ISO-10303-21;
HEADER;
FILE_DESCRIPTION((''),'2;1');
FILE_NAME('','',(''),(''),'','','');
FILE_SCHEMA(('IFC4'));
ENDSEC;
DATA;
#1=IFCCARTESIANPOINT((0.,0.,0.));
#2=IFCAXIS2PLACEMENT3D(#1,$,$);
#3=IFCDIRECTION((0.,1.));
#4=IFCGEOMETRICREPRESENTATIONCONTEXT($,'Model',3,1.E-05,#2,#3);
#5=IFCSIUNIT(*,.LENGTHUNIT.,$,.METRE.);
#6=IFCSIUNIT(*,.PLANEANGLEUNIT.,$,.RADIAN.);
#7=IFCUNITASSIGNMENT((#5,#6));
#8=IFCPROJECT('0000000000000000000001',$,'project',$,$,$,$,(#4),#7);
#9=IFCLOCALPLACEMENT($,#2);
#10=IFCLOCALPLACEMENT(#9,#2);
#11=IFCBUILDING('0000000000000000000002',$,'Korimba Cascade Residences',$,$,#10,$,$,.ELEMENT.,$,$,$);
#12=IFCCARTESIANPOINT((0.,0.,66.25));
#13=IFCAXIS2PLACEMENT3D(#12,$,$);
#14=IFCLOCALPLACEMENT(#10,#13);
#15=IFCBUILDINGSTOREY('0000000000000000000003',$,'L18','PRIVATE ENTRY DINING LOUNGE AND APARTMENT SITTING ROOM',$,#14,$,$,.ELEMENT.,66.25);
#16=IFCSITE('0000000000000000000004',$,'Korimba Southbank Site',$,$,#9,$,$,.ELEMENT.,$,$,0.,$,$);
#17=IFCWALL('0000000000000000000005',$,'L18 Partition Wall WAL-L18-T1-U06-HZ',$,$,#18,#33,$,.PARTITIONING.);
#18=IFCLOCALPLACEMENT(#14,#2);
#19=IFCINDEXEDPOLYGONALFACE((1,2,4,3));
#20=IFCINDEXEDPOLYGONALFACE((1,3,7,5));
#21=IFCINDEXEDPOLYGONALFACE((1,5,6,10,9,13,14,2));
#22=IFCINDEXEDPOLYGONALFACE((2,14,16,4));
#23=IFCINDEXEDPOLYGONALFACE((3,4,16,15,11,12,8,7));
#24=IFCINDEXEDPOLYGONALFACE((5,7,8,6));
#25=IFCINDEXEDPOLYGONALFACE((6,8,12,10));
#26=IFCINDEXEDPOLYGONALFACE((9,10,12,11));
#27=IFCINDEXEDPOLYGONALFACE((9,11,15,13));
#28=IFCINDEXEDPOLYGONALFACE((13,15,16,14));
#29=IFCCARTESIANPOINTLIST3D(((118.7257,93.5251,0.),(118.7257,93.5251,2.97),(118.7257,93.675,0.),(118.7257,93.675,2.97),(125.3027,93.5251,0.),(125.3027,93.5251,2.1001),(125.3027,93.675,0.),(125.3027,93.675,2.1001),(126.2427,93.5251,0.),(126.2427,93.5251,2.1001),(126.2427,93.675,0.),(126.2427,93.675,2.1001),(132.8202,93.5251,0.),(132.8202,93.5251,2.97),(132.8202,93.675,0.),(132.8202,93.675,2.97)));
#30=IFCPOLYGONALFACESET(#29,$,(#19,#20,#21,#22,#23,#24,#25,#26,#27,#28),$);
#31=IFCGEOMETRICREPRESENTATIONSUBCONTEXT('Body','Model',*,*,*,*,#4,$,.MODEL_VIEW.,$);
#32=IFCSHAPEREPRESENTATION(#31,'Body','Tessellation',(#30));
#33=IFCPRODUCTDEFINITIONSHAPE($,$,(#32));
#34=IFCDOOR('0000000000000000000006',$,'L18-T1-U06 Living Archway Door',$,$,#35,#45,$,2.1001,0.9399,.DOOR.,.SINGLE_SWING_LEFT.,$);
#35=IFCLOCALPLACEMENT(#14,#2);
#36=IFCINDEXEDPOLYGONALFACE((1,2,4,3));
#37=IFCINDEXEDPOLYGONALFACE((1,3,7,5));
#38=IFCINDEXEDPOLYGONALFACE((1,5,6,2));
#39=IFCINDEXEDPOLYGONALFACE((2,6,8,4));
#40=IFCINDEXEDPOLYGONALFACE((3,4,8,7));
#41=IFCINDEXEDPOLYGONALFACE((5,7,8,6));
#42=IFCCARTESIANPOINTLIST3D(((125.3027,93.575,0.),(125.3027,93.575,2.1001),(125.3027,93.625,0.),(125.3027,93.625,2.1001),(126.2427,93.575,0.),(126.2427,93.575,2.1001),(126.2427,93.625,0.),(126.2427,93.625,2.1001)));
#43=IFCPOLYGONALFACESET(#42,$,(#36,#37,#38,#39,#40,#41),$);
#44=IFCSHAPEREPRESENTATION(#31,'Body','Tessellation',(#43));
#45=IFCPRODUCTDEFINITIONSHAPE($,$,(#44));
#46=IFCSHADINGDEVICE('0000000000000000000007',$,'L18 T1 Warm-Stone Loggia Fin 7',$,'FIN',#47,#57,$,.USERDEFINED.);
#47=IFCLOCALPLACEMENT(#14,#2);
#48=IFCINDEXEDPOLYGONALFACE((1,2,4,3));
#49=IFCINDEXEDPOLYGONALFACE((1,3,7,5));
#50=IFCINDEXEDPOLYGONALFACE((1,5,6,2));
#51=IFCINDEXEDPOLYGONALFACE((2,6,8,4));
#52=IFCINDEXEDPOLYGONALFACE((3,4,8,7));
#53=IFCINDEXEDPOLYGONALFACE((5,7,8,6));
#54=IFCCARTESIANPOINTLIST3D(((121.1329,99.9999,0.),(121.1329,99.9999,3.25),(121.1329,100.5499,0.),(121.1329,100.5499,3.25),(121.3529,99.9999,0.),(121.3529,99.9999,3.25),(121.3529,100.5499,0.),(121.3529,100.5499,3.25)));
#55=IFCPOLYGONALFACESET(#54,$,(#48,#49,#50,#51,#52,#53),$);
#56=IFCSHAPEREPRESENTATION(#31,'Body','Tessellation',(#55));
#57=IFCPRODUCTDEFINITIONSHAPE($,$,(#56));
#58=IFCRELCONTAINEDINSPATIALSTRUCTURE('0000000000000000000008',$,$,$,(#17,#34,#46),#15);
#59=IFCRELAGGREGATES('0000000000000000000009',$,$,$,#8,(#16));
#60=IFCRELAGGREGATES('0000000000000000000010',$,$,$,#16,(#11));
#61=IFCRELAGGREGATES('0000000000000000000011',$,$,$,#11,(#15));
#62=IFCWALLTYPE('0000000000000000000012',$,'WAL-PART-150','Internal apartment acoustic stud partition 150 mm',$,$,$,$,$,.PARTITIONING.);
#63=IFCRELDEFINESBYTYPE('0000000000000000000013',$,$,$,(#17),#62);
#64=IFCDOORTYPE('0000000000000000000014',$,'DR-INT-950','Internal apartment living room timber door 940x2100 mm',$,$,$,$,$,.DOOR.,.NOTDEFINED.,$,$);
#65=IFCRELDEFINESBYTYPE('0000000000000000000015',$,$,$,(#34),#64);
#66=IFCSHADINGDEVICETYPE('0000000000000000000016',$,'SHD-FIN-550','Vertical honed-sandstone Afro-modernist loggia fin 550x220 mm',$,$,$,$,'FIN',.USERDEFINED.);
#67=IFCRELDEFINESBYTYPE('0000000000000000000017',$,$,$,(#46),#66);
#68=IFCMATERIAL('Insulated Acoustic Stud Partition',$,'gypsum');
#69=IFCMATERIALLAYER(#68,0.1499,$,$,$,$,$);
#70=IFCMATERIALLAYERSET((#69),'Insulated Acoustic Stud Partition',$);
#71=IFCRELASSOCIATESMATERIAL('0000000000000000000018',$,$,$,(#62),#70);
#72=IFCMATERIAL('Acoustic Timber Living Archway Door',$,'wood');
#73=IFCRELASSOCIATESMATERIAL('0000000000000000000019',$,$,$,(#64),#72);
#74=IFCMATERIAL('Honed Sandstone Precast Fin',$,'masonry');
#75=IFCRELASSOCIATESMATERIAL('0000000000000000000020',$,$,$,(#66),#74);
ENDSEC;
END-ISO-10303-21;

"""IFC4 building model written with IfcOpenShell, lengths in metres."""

from ifc_helpers import new_model, si_unit, direction, frame, frame_2d, origin, origin_2d, place, context, subcontext, project, spatial, rectangle, extrude, material, layer, layer_set, type_object, element, fill, save


model = new_model("IFC4")

# Units and contexts
model_context = context("Model", 3, precision=1e-05, world=origin(), true_north=direction((0.0, 1.0)))
body_context = subcontext(model_context, "Body", "Model", "MODEL_VIEW")
ifc_project = project(units=[si_unit("LENGTHUNIT", "METRE"), si_unit("PLANEANGLEUNIT", "RADIAN")], contexts=[model_context])

# Site, building, storey
site_placement = place(None, origin())
site = spatial("IfcSite", under=ifc_project, at=site_placement, Name="Korimba Southbank Site", CompositionType="ELEMENT", RefElevation=0.0)
building_placement = place(site_placement, origin())
building = spatial("IfcBuilding", under=site, at=building_placement, Name="Korimba Cascade Residences", CompositionType="ELEMENT")
storey_placement = place(building_placement, frame((0.0, 0.0, 66.25)))
storey = spatial("IfcBuildingStorey", under=building, at=storey_placement, Name="L18", Description="PRIVATE ENTRY DINING LOUNGE AND APARTMENT SITTING ROOM", CompositionType="ELEMENT", Elevation=66.25)

# Shared definitions
ifc_material_1 = material(Name="Insulated Acoustic Stud Partition", Category="gypsum")
ifc_layer = layer(ifc_material_1, 0.1499)
ifc_layer_set = layer_set([ifc_layer], Name="Insulated Acoustic Stud Partition")
wall_type = type_object("IfcWallType", Name="WAL-PART-150", Description="Internal apartment acoustic stud partition 150 mm", PredefinedType="PARTITIONING", material=ifc_layer_set)

# Wall, opening, door
wall_1_placement = place(storey_placement, frame((118.7256, 93.6001, 0.0), z_axis=(0.0, 0.0, 1.0), x_axis=(1.0, 0.0, 0.0)))
wall_1 = element("IfcWall", 1, at=wall_1_placement, inside=storey, type_object=wall_type, Name="L18 Partition Wall WAL-L18-T1-U06-HZ", PredefinedType="PARTITIONING", context=body_context, shape_type="SweptSolid", body=[
    extrude(rectangle(XDim=14.0945, YDim=0.1499, at=frame_2d((7.0474, 0.0))), origin(), (0.0, 0.0, 1.0), 2.97),
])
opening_1_placement = place(wall_1_placement, frame((6.5771, 0.0, 0.0)))
opening_1 = element("IfcOpeningElement", 2, at=opening_1_placement, cuts=wall_1, PredefinedType="OPENING", context=body_context, shape_type="SweptSolid", body=[
    extrude(rectangle(XDim=0.9399, YDim=2.1001, at=frame_2d((0.47, 1.05))), frame((0.0, 0.085, 0.0), z_axis=(0.0, -1.0, 0.0), x_axis=(1.0, 0.0, 0.0)), (0.0, 0.0, 1.0), 0.1699),
])
ifc_material_2 = material(Name="Acoustic Timber Living Archway Door", Category="wood")
door_type_1 = type_object("IfcDoorType", Name="DR-INT-950", Description="Internal apartment living room timber door 940x2100 mm", OperationType="NOTDEFINED", PredefinedType="DOOR", material=ifc_material_2)
door_1_placement = place(opening_1_placement, origin())
door_1 = element("IfcDoor", 3, at=door_1_placement, inside=storey, type_object=door_type_1, Name="L18-T1-U06 Living Archway Door", OperationType="SINGLE_SWING_LEFT", OverallHeight=2.1001, OverallWidth=0.9399, PredefinedType="DOOR", context=body_context, shape_type="SweptSolid", body=[
    extrude(rectangle(XDim=0.9399, YDim=2.1001, at=frame_2d((0.47, 1.05))), frame((0.0, 0.0249, 0.0), z_axis=(0.0, -1.0, 0.0), x_axis=(1.0, 0.0, 0.0)), (0.0, 0.0, 1.0), 0.05),
])
fill(opening_1, door_1)

# Shading device
ifc_material_3 = material(Name="Honed Sandstone Precast Fin", Category="masonry")
shading_device_type = type_object("IfcShadingDeviceType", Name="SHD-FIN-550", Description="Vertical honed-sandstone Afro-modernist loggia fin 550x220 mm", ElementType="FIN", PredefinedType="USERDEFINED", material=ifc_material_3)
shading_device_placement = place(storey_placement, frame((121.2429, 100.2749, 0.0), z_axis=(0.0, 0.0, 1.0), x_axis=(1.0, 0.0, 0.0)))
element("IfcShadingDevice", 4, at=shading_device_placement, inside=storey, type_object=shading_device_type, Name="L18 T1 Warm-Stone Loggia Fin 7", ObjectType="FIN", PredefinedType="USERDEFINED", context=body_context, shape_type="SweptSolid", body=[
    extrude(rectangle(XDim=0.22, YDim=0.55, at=origin_2d()), origin(), (0.0, 0.0, 1.0), 3.25),
])

save(model, "model.ifc")
